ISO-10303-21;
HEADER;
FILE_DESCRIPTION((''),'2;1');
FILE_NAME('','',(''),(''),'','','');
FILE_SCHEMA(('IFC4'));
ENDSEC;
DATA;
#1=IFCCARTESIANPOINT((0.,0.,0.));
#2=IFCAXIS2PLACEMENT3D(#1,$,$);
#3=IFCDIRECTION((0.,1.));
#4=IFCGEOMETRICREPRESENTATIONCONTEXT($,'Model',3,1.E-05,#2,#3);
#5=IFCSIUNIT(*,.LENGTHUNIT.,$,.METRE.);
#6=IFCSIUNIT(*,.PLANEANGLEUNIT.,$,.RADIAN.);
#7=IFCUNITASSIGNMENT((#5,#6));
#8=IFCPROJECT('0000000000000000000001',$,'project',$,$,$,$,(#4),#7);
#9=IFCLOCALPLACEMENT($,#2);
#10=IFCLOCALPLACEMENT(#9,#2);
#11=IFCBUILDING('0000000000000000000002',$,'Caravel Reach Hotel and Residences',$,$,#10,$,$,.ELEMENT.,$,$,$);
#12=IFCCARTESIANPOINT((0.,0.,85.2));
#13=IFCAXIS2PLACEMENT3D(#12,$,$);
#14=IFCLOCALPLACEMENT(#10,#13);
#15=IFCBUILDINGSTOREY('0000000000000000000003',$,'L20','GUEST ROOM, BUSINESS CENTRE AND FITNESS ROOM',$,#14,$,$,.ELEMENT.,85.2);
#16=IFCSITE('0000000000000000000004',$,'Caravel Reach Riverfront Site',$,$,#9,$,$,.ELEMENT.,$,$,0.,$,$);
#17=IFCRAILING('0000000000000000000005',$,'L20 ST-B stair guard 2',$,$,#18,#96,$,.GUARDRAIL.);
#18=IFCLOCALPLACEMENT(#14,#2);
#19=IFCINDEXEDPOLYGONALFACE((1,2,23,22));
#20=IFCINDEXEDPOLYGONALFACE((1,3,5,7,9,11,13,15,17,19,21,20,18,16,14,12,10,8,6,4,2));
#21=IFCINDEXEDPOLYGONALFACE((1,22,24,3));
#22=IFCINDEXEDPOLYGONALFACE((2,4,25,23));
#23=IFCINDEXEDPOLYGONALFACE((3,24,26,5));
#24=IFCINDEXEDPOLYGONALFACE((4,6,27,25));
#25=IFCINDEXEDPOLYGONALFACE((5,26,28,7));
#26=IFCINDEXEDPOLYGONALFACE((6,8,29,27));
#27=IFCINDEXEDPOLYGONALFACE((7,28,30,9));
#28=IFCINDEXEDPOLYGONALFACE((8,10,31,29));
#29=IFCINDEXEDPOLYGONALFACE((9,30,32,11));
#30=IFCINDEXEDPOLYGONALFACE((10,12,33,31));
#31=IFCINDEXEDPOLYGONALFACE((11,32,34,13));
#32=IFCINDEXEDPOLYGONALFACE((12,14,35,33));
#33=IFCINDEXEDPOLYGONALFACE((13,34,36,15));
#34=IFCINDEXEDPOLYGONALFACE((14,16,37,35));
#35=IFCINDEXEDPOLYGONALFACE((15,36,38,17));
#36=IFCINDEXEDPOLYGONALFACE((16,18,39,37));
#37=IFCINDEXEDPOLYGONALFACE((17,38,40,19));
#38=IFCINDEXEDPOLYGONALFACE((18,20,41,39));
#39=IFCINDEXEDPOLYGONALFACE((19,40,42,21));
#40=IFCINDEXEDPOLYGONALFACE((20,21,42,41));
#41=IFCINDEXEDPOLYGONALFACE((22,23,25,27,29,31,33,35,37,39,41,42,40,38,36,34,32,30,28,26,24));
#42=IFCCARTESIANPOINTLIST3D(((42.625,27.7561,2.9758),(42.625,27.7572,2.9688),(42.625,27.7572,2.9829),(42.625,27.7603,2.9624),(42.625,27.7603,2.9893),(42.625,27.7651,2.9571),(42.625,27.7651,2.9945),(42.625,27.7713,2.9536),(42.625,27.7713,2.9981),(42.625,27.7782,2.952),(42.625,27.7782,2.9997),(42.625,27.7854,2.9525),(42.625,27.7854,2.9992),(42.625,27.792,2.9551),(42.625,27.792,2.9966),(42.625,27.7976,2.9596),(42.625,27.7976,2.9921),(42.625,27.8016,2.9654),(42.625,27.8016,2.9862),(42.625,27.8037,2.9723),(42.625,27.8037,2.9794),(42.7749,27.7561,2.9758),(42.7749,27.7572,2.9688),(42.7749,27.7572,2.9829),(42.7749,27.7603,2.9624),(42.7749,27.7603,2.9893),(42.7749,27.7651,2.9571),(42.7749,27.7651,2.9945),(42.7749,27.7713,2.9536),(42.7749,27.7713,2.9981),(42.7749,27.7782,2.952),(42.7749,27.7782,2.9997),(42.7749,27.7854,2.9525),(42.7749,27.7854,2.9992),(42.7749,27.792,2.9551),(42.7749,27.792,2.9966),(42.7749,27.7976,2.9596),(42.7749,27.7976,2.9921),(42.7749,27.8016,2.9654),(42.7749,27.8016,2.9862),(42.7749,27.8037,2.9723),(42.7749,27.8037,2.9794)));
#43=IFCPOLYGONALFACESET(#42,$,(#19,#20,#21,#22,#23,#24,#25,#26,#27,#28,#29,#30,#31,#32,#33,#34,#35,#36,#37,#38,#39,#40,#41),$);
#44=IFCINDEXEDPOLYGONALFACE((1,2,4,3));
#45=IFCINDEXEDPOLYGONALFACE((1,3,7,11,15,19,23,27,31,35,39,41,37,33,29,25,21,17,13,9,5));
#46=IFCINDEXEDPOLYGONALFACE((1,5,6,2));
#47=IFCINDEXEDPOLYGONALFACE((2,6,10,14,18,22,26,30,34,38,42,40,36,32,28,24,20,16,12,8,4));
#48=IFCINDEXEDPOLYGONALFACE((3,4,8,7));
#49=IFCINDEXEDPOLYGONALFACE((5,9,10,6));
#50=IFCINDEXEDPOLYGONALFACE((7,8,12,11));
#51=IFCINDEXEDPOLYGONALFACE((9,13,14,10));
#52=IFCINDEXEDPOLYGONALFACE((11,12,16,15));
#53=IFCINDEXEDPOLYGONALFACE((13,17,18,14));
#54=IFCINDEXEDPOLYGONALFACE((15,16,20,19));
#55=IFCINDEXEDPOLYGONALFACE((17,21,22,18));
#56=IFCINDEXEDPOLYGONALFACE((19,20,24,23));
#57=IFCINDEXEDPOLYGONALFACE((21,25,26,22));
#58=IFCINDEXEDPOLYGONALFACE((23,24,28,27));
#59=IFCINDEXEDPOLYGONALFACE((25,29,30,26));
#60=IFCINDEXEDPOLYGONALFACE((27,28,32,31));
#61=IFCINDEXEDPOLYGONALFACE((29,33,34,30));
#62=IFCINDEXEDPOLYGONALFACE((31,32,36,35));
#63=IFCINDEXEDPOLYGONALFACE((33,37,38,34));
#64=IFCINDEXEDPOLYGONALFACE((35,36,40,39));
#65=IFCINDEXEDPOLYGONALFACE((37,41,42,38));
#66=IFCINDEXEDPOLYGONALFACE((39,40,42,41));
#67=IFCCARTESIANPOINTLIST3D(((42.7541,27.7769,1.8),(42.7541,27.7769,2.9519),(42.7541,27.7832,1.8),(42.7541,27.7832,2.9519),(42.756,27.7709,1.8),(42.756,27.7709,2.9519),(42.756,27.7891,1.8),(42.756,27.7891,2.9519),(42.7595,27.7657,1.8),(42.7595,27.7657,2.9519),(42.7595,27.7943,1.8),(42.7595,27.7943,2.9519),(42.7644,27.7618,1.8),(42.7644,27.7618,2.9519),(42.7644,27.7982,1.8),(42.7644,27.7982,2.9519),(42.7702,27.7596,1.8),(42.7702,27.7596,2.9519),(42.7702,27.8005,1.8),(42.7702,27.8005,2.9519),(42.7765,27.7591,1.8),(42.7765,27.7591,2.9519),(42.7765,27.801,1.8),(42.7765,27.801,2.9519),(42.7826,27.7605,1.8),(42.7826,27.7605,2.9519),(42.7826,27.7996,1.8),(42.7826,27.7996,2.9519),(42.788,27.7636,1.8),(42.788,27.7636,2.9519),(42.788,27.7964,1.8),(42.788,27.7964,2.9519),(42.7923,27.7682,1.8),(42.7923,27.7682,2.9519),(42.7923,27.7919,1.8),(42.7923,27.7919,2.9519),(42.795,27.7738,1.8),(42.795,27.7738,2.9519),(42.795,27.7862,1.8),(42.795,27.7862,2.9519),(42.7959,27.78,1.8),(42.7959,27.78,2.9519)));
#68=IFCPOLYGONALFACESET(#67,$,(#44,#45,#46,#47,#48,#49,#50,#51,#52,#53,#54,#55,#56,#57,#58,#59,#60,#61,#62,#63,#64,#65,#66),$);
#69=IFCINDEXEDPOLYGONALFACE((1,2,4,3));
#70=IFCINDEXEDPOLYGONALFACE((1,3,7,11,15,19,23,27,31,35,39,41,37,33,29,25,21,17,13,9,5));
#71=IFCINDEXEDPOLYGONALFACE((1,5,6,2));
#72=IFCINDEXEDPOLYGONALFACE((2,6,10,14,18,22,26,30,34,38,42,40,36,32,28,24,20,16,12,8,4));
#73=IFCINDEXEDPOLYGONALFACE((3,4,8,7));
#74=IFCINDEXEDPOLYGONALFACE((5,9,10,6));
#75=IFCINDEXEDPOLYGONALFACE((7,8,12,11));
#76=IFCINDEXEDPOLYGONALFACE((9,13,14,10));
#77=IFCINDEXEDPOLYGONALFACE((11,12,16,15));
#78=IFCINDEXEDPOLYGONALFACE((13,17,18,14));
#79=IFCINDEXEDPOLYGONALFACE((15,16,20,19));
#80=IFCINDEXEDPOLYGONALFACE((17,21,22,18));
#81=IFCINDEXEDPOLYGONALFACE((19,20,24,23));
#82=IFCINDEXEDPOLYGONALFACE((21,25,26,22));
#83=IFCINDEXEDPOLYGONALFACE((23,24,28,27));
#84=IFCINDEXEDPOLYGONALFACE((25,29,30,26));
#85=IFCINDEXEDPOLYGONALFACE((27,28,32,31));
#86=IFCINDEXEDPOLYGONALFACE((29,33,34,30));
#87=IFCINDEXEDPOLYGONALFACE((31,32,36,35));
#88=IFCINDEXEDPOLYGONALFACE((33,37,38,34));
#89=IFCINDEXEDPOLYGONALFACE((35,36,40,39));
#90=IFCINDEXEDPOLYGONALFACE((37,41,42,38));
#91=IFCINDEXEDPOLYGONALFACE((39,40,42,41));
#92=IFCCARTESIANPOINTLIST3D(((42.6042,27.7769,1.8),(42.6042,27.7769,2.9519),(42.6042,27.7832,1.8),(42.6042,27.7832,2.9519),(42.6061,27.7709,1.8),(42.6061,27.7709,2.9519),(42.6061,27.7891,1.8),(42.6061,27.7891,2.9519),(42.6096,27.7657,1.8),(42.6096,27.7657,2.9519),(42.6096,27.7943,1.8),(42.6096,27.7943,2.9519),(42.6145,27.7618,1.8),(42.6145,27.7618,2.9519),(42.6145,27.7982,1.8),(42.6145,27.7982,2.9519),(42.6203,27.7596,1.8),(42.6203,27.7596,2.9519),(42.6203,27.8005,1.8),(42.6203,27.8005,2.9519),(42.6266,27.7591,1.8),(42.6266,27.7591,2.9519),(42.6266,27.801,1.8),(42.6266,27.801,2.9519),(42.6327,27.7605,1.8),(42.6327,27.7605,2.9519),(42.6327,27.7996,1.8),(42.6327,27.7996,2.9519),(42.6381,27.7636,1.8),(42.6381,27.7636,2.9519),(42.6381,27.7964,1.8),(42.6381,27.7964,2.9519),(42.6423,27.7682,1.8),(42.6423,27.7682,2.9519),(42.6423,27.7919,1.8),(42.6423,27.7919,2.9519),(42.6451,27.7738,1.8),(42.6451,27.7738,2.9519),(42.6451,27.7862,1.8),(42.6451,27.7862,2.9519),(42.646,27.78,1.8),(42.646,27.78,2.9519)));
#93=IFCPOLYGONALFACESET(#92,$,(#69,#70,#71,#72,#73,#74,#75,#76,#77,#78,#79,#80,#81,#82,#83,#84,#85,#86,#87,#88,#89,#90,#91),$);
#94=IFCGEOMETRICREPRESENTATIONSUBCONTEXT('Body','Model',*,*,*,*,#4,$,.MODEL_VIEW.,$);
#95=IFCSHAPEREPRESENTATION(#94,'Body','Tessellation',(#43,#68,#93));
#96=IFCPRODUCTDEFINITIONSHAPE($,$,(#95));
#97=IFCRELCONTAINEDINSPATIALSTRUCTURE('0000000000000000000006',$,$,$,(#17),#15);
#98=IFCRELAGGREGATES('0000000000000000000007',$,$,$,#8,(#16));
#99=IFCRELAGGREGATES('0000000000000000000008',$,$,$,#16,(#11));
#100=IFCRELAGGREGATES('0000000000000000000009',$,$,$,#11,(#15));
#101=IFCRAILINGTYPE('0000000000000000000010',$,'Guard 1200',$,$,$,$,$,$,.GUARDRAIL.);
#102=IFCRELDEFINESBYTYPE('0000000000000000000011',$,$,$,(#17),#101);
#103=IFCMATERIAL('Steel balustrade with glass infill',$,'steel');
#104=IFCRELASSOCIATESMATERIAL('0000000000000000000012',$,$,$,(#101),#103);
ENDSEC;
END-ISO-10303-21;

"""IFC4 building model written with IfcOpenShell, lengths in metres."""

from ifc_helpers import new_model, si_unit, direction, frame, origin, origin_2d, place, context, subcontext, project, spatial, circle, extrude, material, type_object, element, save


model = new_model("IFC4")

# Units and contexts
model_context = context("Model", 3, precision=1e-05, world=origin(), true_north=direction((0.0, 1.0)))
body_context = subcontext(model_context, "Body", "Model", "MODEL_VIEW")
ifc_project = project(units=[si_unit("LENGTHUNIT", "METRE"), si_unit("PLANEANGLEUNIT", "RADIAN")], contexts=[model_context])

# Site, building, storey
site_placement = place(None, origin())
site = spatial("IfcSite", under=ifc_project, at=site_placement, Name="Caravel Reach Riverfront Site", CompositionType="ELEMENT", RefElevation=0.0)
building_placement = place(site_placement, origin())
building = spatial("IfcBuilding", under=site, at=building_placement, Name="Caravel Reach Hotel and Residences", CompositionType="ELEMENT")
storey_placement = place(building_placement, frame((0.0, 0.0, 85.2)))
storey = spatial("IfcBuildingStorey", under=building, at=storey_placement, Name="L20", Description="GUEST ROOM, BUSINESS CENTRE AND FITNESS ROOM", CompositionType="ELEMENT", Elevation=85.2)

# Railing
ifc_material_1 = material(Name="Steel balustrade with glass infill", Category="steel")
railing_type_1 = type_object("IfcRailingType", Name="Guard 1200", PredefinedType="GUARDRAIL", material=ifc_material_1)
railing_1_placement = place(storey_placement, frame((42.7749, 27.78, 1.8)))
element("IfcRailing", 1, at=railing_1_placement, inside=storey, type_object=railing_type_1, Name="L20 ST-B stair guard 2", PredefinedType="GUARDRAIL", context=body_context, shape_type="SweptSolid", body=[
    extrude(circle(Radius=0.0239, at=origin_2d()), frame((0.0, 0.0, 1.1758), z_axis=(-1.0, 0.0, 0.0), x_axis=(0.0, -1.0, 0.0)), (0.0, 0.0, 1.0), 0.1499),
    extrude(circle(Radius=0.021, at=origin_2d()), origin(), (0.0, 0.0, 1.0), 1.1519),
    extrude(circle(Radius=0.021, at=origin_2d()), frame((-0.1499, 0.0, 0.0)), (0.0, 0.0, 1.0), 1.1519),
])

save(model, "model.ifc")
